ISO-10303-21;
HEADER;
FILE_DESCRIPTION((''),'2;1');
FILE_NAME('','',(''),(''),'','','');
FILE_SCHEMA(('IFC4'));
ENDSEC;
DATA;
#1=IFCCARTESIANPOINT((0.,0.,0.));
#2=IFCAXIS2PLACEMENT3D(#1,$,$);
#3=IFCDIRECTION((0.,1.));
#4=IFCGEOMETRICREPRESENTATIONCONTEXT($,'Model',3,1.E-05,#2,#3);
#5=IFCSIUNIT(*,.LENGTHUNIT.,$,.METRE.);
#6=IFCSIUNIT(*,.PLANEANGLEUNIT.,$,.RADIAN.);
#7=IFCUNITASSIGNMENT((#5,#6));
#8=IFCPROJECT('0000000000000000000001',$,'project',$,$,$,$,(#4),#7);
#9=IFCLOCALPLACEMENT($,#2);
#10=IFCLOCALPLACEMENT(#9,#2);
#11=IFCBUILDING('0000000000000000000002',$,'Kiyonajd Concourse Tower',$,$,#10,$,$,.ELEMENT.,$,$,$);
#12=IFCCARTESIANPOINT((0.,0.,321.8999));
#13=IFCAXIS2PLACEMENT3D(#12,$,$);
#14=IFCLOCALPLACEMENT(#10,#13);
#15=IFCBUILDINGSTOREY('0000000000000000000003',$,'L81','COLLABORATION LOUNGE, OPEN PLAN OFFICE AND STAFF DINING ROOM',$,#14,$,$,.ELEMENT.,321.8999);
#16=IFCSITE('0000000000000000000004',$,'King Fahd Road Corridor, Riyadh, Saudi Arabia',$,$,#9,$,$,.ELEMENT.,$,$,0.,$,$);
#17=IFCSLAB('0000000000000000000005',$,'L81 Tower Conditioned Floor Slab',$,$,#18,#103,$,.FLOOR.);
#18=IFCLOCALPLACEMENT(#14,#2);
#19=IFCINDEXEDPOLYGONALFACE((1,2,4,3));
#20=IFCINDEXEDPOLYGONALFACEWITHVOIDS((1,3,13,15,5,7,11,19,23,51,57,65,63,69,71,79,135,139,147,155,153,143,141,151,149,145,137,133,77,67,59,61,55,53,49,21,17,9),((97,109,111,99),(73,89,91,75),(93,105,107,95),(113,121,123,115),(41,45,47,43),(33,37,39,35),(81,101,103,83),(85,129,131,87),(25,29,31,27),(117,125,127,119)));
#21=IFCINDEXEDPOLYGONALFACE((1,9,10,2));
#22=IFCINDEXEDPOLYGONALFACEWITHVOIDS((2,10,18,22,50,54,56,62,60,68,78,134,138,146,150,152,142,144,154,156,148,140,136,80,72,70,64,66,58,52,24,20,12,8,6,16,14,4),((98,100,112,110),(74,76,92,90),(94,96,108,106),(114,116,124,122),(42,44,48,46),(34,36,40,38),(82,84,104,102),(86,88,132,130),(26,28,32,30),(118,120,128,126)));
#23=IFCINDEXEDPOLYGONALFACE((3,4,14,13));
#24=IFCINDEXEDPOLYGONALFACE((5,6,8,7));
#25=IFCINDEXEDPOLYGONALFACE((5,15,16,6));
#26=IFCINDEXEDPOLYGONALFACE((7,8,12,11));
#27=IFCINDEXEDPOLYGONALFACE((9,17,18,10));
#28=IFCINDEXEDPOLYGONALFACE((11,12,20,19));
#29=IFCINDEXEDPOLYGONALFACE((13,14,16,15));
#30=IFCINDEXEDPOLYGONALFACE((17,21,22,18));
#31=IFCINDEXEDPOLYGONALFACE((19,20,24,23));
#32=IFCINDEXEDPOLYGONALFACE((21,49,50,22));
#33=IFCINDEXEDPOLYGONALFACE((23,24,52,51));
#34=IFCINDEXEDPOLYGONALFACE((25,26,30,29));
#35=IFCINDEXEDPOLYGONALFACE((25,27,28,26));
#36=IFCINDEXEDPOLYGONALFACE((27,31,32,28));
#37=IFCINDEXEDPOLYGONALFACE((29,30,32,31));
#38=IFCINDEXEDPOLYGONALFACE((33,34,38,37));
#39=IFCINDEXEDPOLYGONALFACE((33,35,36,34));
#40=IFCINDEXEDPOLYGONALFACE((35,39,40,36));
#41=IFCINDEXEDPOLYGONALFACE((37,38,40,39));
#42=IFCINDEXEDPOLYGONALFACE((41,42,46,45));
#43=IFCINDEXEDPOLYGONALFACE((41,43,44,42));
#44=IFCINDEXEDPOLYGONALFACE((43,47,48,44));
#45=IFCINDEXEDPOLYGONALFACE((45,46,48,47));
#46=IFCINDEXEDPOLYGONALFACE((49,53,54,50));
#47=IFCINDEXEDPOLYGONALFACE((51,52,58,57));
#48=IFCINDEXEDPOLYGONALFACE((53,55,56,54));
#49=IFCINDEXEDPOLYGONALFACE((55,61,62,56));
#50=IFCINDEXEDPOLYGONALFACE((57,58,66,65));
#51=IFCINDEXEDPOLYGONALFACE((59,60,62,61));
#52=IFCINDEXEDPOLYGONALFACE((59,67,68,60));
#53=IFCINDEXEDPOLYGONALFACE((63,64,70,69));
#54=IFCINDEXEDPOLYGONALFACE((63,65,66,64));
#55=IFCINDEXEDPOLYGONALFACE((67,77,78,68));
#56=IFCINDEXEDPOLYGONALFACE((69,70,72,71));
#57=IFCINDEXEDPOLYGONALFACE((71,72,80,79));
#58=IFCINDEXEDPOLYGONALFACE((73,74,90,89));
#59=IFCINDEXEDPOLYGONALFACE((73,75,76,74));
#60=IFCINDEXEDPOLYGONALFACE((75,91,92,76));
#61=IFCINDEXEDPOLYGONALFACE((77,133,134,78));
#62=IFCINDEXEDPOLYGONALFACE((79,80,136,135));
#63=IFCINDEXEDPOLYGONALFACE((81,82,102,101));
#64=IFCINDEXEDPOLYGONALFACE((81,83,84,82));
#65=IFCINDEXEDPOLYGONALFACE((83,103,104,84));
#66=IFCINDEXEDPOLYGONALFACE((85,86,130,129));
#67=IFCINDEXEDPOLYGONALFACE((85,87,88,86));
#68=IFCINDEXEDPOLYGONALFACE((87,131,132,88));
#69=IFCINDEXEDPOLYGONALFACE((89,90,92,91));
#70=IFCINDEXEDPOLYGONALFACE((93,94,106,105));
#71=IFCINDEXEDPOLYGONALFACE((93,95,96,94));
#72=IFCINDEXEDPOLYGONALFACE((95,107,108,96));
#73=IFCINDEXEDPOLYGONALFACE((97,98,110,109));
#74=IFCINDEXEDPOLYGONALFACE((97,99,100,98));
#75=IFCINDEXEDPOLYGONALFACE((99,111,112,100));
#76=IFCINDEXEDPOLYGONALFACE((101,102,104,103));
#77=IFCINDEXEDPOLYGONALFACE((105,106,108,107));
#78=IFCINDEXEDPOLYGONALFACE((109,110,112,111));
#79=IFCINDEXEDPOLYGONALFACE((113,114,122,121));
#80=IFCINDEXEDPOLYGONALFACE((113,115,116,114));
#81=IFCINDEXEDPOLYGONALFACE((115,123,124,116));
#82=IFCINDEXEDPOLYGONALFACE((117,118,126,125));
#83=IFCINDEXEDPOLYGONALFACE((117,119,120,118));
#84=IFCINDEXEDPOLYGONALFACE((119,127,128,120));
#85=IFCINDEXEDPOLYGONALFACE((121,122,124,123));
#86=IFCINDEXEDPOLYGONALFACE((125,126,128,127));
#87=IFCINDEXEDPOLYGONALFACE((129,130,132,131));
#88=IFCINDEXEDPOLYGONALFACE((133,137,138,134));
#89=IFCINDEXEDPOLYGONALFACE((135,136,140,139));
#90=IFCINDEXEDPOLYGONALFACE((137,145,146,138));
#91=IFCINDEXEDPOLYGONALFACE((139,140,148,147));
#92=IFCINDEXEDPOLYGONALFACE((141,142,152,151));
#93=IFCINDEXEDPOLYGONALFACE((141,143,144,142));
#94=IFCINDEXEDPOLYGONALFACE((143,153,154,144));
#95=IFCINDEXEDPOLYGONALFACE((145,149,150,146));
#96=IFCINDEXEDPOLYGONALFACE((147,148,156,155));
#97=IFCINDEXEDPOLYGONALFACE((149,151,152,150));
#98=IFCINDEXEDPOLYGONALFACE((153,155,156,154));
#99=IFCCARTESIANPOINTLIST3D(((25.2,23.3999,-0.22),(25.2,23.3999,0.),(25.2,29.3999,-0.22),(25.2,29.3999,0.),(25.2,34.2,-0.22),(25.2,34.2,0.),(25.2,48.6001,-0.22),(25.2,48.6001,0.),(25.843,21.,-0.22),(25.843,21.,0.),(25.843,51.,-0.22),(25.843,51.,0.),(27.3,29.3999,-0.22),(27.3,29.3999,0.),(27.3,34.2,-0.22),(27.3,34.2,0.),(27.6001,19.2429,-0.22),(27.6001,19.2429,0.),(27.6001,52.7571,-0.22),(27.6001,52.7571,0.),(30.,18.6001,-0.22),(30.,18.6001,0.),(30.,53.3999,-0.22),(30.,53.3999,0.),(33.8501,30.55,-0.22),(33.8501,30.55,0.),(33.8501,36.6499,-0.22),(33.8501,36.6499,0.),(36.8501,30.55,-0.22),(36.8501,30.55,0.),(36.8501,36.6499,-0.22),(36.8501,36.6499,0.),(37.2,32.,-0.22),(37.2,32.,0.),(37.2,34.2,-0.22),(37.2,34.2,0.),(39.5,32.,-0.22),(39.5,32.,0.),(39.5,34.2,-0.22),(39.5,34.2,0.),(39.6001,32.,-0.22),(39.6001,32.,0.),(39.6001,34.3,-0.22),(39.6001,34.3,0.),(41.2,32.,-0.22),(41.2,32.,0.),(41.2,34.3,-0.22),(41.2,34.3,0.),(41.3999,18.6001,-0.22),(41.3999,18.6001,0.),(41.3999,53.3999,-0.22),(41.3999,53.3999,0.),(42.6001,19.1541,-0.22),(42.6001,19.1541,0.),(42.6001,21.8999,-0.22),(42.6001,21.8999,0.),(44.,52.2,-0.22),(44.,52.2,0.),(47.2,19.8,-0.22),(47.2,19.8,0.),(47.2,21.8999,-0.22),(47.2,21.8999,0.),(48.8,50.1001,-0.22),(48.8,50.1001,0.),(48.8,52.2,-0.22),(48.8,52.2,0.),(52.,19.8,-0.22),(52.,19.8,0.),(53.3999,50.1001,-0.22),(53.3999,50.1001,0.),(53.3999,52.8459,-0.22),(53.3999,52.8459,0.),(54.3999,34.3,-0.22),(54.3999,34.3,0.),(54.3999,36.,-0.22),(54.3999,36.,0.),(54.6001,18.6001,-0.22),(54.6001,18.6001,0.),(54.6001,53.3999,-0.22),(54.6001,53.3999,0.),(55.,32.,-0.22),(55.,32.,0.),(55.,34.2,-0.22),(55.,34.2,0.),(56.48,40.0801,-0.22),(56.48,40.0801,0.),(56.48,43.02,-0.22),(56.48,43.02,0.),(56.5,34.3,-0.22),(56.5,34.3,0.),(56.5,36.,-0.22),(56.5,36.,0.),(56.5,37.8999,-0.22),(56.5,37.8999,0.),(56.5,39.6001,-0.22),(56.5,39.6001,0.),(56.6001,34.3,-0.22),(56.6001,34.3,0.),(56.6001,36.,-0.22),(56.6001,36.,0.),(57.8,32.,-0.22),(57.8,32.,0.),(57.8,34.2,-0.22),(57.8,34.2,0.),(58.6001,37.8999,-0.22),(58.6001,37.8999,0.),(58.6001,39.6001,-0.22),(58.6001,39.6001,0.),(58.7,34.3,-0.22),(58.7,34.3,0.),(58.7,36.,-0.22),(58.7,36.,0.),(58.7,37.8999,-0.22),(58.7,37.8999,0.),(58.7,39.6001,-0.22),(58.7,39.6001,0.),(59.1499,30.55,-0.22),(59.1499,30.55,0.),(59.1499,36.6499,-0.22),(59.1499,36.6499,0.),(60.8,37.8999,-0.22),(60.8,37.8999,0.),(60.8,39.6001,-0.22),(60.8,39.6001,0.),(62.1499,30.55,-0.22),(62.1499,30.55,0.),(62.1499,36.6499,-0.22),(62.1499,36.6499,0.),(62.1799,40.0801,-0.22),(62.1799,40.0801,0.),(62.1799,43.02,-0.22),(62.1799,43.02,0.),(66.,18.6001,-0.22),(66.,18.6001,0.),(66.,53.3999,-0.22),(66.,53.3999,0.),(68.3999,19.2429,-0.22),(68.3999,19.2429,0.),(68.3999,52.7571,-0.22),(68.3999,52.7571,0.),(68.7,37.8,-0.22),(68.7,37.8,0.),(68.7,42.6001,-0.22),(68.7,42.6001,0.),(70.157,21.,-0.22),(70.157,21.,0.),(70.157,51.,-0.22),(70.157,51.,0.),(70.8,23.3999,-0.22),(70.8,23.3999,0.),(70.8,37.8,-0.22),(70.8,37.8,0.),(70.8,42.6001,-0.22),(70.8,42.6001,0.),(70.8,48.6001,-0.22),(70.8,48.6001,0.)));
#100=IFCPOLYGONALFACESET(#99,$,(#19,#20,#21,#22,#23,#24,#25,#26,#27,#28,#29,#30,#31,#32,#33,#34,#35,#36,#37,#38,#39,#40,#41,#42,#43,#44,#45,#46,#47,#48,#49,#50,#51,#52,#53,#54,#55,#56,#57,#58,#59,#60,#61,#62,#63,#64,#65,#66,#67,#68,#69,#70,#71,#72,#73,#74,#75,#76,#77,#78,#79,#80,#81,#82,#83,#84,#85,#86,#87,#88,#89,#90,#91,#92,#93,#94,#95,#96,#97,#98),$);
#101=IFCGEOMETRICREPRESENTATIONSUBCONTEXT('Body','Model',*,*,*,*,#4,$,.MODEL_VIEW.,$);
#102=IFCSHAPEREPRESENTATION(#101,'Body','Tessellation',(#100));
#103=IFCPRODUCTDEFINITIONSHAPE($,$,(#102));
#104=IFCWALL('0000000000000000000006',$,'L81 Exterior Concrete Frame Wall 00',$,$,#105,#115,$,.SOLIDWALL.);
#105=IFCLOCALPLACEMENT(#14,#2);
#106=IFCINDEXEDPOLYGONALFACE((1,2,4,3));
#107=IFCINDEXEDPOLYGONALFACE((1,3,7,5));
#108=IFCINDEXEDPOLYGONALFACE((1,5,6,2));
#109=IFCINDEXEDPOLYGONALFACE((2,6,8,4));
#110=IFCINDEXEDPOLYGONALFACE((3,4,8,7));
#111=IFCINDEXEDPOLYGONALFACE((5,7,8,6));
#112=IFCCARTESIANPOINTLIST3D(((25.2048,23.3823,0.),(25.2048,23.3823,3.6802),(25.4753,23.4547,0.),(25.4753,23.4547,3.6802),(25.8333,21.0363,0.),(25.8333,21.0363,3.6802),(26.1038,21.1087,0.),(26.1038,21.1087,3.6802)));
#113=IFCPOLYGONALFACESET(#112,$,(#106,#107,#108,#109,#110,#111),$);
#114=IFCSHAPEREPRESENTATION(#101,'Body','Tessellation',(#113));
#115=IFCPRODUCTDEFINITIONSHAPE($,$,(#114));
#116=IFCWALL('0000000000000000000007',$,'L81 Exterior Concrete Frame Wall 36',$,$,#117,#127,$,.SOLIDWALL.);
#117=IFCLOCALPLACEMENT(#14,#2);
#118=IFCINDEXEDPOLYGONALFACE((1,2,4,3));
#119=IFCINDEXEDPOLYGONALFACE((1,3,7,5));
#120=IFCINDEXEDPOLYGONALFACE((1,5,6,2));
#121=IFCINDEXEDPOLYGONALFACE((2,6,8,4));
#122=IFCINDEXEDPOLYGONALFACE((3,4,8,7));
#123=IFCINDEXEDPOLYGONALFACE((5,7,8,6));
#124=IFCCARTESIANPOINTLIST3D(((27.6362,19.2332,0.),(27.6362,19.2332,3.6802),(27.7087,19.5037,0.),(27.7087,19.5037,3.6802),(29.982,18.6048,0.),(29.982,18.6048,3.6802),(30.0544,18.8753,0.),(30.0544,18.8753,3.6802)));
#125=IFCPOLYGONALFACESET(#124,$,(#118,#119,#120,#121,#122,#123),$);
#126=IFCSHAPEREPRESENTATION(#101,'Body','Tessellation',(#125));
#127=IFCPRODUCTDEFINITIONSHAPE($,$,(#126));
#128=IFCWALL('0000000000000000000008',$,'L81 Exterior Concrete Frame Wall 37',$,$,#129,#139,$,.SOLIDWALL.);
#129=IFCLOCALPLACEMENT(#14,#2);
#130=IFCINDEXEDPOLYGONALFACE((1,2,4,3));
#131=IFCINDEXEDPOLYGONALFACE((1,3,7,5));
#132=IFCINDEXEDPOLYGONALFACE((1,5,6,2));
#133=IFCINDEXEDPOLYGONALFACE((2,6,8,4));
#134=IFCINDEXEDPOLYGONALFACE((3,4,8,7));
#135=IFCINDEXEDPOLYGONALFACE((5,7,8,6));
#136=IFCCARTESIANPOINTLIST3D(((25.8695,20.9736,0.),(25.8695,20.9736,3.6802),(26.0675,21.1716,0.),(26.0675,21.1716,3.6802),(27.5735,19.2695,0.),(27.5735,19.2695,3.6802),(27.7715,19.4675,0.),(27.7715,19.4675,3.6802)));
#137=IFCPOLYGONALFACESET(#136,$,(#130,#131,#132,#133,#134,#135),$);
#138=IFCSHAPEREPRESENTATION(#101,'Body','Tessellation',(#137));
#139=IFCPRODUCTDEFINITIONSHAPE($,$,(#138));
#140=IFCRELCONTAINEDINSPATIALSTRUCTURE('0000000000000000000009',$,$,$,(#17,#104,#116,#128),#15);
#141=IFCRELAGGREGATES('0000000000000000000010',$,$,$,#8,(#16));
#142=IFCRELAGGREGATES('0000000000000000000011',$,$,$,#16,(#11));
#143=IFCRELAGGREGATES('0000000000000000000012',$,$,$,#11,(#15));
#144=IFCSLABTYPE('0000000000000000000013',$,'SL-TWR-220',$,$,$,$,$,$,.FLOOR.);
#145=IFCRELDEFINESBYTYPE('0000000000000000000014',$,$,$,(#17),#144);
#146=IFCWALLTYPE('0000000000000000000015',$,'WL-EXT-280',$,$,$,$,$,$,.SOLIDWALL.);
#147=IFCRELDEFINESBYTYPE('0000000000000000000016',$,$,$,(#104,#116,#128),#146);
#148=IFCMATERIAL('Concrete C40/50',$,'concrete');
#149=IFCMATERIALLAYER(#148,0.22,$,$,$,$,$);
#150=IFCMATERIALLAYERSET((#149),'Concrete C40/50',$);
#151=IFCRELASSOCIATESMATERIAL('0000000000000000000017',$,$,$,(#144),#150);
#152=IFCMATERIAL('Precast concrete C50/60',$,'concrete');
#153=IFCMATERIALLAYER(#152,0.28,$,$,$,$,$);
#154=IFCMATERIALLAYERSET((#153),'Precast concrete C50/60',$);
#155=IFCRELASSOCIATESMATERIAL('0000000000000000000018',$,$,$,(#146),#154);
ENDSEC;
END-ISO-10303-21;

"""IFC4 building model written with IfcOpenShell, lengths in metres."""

from ifc_helpers import new_model, si_unit, direction, frame, frame_2d, origin, place, context, subcontext, project, spatial, polyline, rectangle, outline, extrude, material, layer, layer_set, type_object, element, save


model = new_model("IFC4")

# Units and contexts
model_context = context("Model", 3, precision=1e-05, world=origin(), true_north=direction((0.0, 1.0)))
body_context = subcontext(model_context, "Body", "Model", "MODEL_VIEW")
ifc_project = project(units=[si_unit("LENGTHUNIT", "METRE"), si_unit("PLANEANGLEUNIT", "RADIAN")], contexts=[model_context])

# Site, building, storey
site_placement = place(None, origin())
site = spatial("IfcSite", under=ifc_project, at=site_placement, Name="King Fahd Road Corridor, Riyadh, Saudi Arabia", CompositionType="ELEMENT", RefElevation=0.0)
building_placement = place(site_placement, origin())
building = spatial("IfcBuilding", under=site, at=building_placement, Name="Kiyonajd Concourse Tower", CompositionType="ELEMENT")
storey_placement = place(building_placement, frame((0.0, 0.0, 321.8999)))
storey = spatial("IfcBuildingStorey", under=building, at=storey_placement, Name="L81", Description="COLLABORATION LOUNGE, OPEN PLAN OFFICE AND STAFF DINING ROOM", CompositionType="ELEMENT", Elevation=321.8999)

# Shared definitions
ifc_material_1 = material(Name="Concrete C40/50", Category="concrete")

# Slab
ifc_material_2 = material(Name="Precast concrete C50/60", Category="concrete")
ifc_layer_1 = layer(ifc_material_1, 0.22)
ifc_layer_set_1 = layer_set([ifc_layer_1], Name="Concrete C40/50")
slab_type_1 = type_object("IfcSlabType", Name="SL-TWR-220", PredefinedType="FLOOR", material=ifc_layer_set_1)
slab_1_placement = place(storey_placement, frame((0.0, 0.0, -0.22)))
element("IfcSlab", 1, at=slab_1_placement, inside=storey, type_object=slab_type_1, Name="L81 Tower Conditioned Floor Slab", PredefinedType="FLOOR", context=body_context, shape_type="SweptSolid", body=[
    extrude(outline(polyline([(25.843, 21.0), (25.2, 23.3999), (25.2, 29.3999), (27.3, 29.3999), (27.3, 34.2), (25.2, 34.2), (25.2, 48.6001), (25.843, 51.0), (27.6001, 52.7571), (30.0, 53.3999), (41.3999, 53.3999), (44.0, 52.2), (48.8, 52.2), (48.8, 50.1001), (53.3999, 50.1001), (53.3999, 52.8459), (54.6001, 53.3999), (66.0, 53.3999), (68.3999, 52.7571), (70.157, 51.0), (70.8, 48.6001), (70.8, 42.6001), (68.7, 42.6001), (68.7, 37.8), (70.8, 37.8), (70.8, 23.3999), (70.157, 21.0), (68.3999, 19.2429), (66.0, 18.6001), (54.6001, 18.6001), (52.0, 19.8), (47.2, 19.8), (47.2, 21.8999), (42.6001, 21.8999), (42.6001, 19.1541), (41.3999, 18.6001), (30.0, 18.6001), (27.6001, 19.2429), (25.843, 21.0)]), holes=[polyline([(39.5, 32.0), (37.2, 32.0), (37.2, 34.2), (39.5, 34.2), (39.5, 32.0)]), polyline([(57.8, 32.0), (55.0, 32.0), (55.0, 34.2), (57.8, 34.2), (57.8, 32.0)]), polyline([(41.2, 32.0), (39.6001, 32.0), (39.6001, 34.3), (41.2, 34.3), (41.2, 32.0)]), polyline([(33.8501, 30.55), (33.8501, 36.6499), (36.8501, 36.6499), (36.8501, 30.55), (33.8501, 30.55)]), polyline([(59.1499, 30.55), (59.1499, 36.6499), (62.1499, 36.6499), (62.1499, 30.55), (59.1499, 30.55)]), polyline([(56.5, 34.3), (54.3999, 34.3), (54.3999, 36.0), (56.5, 36.0), (56.5, 34.3)]), polyline([(58.7, 34.3), (56.6001, 34.3), (56.6001, 36.0), (58.7, 36.0), (58.7, 34.3)]), polyline([(58.6001, 37.8999), (56.5, 37.8999), (56.5, 39.6001), (58.6001, 39.6001), (58.6001, 37.8999)]), polyline([(58.7, 37.8999), (58.7, 39.6001), (60.8, 39.6001), (60.8, 37.8999), (58.7, 37.8999)]), polyline([(56.48, 43.02), (62.1799, 43.02), (62.1799, 40.0801), (56.48, 40.0801), (56.48, 43.02)])]), origin(), (0.0, 0.0, 1.0), 0.22),
])

# Walls
ifc_layer_2 = layer(ifc_material_2, 0.28)
ifc_layer_set_2 = layer_set([ifc_layer_2], Name="Precast concrete C50/60")
wall_type = type_object("IfcWallType", Name="WL-EXT-280", PredefinedType="SOLIDWALL", material=ifc_layer_set_2)
wall_1_placement = place(storey_placement, frame((25.9685, 21.0725, 0.0), z_axis=(0.0, 0.0, 1.0), x_axis=(-0.258751, 0.965944, 0.0)))
element("IfcWall", 2, at=wall_1_placement, inside=storey, type_object=wall_type, Name="L81 Exterior Concrete Frame Wall 00", PredefinedType="SOLIDWALL", context=body_context, shape_type="SweptSolid", body=[
    extrude(rectangle(XDim=2.4287, YDim=0.28, at=frame_2d((1.2144, 0.0))), origin(), (0.0, 0.0, 1.0), 3.6802),
])
wall_2_placement = place(storey_placement, frame((30.0183, 18.74, 0.0), z_axis=(0.0, 0.0, 1.0), x_axis=(-0.965937, 0.258776, 0.0)))
element("IfcWall", 3, at=wall_2_placement, inside=storey, type_object=wall_type, Name="L81 Exterior Concrete Frame Wall 36", PredefinedType="SOLIDWALL", context=body_context, shape_type="SweptSolid", body=[
    extrude(rectangle(XDim=2.4285, YDim=0.28, at=frame_2d((1.2144, 0.0))), origin(), (0.0, 0.0, 1.0), 3.6802),
])
wall_3_placement = place(storey_placement, frame((27.6726, 19.3684, 0.0), z_axis=(0.0, 0.0, 1.0), x_axis=(-0.707107, 0.707107, 0.0)))
element("IfcWall", 4, at=wall_3_placement, inside=storey, type_object=wall_type, Name="L81 Exterior Concrete Frame Wall 37", PredefinedType="SOLIDWALL", context=body_context, shape_type="SweptSolid", body=[
    extrude(rectangle(XDim=2.4099, YDim=0.28, at=frame_2d((1.2051, 0.0))), origin(), (0.0, 0.0, 1.0), 3.6802),
])

save(model, "model.ifc")
